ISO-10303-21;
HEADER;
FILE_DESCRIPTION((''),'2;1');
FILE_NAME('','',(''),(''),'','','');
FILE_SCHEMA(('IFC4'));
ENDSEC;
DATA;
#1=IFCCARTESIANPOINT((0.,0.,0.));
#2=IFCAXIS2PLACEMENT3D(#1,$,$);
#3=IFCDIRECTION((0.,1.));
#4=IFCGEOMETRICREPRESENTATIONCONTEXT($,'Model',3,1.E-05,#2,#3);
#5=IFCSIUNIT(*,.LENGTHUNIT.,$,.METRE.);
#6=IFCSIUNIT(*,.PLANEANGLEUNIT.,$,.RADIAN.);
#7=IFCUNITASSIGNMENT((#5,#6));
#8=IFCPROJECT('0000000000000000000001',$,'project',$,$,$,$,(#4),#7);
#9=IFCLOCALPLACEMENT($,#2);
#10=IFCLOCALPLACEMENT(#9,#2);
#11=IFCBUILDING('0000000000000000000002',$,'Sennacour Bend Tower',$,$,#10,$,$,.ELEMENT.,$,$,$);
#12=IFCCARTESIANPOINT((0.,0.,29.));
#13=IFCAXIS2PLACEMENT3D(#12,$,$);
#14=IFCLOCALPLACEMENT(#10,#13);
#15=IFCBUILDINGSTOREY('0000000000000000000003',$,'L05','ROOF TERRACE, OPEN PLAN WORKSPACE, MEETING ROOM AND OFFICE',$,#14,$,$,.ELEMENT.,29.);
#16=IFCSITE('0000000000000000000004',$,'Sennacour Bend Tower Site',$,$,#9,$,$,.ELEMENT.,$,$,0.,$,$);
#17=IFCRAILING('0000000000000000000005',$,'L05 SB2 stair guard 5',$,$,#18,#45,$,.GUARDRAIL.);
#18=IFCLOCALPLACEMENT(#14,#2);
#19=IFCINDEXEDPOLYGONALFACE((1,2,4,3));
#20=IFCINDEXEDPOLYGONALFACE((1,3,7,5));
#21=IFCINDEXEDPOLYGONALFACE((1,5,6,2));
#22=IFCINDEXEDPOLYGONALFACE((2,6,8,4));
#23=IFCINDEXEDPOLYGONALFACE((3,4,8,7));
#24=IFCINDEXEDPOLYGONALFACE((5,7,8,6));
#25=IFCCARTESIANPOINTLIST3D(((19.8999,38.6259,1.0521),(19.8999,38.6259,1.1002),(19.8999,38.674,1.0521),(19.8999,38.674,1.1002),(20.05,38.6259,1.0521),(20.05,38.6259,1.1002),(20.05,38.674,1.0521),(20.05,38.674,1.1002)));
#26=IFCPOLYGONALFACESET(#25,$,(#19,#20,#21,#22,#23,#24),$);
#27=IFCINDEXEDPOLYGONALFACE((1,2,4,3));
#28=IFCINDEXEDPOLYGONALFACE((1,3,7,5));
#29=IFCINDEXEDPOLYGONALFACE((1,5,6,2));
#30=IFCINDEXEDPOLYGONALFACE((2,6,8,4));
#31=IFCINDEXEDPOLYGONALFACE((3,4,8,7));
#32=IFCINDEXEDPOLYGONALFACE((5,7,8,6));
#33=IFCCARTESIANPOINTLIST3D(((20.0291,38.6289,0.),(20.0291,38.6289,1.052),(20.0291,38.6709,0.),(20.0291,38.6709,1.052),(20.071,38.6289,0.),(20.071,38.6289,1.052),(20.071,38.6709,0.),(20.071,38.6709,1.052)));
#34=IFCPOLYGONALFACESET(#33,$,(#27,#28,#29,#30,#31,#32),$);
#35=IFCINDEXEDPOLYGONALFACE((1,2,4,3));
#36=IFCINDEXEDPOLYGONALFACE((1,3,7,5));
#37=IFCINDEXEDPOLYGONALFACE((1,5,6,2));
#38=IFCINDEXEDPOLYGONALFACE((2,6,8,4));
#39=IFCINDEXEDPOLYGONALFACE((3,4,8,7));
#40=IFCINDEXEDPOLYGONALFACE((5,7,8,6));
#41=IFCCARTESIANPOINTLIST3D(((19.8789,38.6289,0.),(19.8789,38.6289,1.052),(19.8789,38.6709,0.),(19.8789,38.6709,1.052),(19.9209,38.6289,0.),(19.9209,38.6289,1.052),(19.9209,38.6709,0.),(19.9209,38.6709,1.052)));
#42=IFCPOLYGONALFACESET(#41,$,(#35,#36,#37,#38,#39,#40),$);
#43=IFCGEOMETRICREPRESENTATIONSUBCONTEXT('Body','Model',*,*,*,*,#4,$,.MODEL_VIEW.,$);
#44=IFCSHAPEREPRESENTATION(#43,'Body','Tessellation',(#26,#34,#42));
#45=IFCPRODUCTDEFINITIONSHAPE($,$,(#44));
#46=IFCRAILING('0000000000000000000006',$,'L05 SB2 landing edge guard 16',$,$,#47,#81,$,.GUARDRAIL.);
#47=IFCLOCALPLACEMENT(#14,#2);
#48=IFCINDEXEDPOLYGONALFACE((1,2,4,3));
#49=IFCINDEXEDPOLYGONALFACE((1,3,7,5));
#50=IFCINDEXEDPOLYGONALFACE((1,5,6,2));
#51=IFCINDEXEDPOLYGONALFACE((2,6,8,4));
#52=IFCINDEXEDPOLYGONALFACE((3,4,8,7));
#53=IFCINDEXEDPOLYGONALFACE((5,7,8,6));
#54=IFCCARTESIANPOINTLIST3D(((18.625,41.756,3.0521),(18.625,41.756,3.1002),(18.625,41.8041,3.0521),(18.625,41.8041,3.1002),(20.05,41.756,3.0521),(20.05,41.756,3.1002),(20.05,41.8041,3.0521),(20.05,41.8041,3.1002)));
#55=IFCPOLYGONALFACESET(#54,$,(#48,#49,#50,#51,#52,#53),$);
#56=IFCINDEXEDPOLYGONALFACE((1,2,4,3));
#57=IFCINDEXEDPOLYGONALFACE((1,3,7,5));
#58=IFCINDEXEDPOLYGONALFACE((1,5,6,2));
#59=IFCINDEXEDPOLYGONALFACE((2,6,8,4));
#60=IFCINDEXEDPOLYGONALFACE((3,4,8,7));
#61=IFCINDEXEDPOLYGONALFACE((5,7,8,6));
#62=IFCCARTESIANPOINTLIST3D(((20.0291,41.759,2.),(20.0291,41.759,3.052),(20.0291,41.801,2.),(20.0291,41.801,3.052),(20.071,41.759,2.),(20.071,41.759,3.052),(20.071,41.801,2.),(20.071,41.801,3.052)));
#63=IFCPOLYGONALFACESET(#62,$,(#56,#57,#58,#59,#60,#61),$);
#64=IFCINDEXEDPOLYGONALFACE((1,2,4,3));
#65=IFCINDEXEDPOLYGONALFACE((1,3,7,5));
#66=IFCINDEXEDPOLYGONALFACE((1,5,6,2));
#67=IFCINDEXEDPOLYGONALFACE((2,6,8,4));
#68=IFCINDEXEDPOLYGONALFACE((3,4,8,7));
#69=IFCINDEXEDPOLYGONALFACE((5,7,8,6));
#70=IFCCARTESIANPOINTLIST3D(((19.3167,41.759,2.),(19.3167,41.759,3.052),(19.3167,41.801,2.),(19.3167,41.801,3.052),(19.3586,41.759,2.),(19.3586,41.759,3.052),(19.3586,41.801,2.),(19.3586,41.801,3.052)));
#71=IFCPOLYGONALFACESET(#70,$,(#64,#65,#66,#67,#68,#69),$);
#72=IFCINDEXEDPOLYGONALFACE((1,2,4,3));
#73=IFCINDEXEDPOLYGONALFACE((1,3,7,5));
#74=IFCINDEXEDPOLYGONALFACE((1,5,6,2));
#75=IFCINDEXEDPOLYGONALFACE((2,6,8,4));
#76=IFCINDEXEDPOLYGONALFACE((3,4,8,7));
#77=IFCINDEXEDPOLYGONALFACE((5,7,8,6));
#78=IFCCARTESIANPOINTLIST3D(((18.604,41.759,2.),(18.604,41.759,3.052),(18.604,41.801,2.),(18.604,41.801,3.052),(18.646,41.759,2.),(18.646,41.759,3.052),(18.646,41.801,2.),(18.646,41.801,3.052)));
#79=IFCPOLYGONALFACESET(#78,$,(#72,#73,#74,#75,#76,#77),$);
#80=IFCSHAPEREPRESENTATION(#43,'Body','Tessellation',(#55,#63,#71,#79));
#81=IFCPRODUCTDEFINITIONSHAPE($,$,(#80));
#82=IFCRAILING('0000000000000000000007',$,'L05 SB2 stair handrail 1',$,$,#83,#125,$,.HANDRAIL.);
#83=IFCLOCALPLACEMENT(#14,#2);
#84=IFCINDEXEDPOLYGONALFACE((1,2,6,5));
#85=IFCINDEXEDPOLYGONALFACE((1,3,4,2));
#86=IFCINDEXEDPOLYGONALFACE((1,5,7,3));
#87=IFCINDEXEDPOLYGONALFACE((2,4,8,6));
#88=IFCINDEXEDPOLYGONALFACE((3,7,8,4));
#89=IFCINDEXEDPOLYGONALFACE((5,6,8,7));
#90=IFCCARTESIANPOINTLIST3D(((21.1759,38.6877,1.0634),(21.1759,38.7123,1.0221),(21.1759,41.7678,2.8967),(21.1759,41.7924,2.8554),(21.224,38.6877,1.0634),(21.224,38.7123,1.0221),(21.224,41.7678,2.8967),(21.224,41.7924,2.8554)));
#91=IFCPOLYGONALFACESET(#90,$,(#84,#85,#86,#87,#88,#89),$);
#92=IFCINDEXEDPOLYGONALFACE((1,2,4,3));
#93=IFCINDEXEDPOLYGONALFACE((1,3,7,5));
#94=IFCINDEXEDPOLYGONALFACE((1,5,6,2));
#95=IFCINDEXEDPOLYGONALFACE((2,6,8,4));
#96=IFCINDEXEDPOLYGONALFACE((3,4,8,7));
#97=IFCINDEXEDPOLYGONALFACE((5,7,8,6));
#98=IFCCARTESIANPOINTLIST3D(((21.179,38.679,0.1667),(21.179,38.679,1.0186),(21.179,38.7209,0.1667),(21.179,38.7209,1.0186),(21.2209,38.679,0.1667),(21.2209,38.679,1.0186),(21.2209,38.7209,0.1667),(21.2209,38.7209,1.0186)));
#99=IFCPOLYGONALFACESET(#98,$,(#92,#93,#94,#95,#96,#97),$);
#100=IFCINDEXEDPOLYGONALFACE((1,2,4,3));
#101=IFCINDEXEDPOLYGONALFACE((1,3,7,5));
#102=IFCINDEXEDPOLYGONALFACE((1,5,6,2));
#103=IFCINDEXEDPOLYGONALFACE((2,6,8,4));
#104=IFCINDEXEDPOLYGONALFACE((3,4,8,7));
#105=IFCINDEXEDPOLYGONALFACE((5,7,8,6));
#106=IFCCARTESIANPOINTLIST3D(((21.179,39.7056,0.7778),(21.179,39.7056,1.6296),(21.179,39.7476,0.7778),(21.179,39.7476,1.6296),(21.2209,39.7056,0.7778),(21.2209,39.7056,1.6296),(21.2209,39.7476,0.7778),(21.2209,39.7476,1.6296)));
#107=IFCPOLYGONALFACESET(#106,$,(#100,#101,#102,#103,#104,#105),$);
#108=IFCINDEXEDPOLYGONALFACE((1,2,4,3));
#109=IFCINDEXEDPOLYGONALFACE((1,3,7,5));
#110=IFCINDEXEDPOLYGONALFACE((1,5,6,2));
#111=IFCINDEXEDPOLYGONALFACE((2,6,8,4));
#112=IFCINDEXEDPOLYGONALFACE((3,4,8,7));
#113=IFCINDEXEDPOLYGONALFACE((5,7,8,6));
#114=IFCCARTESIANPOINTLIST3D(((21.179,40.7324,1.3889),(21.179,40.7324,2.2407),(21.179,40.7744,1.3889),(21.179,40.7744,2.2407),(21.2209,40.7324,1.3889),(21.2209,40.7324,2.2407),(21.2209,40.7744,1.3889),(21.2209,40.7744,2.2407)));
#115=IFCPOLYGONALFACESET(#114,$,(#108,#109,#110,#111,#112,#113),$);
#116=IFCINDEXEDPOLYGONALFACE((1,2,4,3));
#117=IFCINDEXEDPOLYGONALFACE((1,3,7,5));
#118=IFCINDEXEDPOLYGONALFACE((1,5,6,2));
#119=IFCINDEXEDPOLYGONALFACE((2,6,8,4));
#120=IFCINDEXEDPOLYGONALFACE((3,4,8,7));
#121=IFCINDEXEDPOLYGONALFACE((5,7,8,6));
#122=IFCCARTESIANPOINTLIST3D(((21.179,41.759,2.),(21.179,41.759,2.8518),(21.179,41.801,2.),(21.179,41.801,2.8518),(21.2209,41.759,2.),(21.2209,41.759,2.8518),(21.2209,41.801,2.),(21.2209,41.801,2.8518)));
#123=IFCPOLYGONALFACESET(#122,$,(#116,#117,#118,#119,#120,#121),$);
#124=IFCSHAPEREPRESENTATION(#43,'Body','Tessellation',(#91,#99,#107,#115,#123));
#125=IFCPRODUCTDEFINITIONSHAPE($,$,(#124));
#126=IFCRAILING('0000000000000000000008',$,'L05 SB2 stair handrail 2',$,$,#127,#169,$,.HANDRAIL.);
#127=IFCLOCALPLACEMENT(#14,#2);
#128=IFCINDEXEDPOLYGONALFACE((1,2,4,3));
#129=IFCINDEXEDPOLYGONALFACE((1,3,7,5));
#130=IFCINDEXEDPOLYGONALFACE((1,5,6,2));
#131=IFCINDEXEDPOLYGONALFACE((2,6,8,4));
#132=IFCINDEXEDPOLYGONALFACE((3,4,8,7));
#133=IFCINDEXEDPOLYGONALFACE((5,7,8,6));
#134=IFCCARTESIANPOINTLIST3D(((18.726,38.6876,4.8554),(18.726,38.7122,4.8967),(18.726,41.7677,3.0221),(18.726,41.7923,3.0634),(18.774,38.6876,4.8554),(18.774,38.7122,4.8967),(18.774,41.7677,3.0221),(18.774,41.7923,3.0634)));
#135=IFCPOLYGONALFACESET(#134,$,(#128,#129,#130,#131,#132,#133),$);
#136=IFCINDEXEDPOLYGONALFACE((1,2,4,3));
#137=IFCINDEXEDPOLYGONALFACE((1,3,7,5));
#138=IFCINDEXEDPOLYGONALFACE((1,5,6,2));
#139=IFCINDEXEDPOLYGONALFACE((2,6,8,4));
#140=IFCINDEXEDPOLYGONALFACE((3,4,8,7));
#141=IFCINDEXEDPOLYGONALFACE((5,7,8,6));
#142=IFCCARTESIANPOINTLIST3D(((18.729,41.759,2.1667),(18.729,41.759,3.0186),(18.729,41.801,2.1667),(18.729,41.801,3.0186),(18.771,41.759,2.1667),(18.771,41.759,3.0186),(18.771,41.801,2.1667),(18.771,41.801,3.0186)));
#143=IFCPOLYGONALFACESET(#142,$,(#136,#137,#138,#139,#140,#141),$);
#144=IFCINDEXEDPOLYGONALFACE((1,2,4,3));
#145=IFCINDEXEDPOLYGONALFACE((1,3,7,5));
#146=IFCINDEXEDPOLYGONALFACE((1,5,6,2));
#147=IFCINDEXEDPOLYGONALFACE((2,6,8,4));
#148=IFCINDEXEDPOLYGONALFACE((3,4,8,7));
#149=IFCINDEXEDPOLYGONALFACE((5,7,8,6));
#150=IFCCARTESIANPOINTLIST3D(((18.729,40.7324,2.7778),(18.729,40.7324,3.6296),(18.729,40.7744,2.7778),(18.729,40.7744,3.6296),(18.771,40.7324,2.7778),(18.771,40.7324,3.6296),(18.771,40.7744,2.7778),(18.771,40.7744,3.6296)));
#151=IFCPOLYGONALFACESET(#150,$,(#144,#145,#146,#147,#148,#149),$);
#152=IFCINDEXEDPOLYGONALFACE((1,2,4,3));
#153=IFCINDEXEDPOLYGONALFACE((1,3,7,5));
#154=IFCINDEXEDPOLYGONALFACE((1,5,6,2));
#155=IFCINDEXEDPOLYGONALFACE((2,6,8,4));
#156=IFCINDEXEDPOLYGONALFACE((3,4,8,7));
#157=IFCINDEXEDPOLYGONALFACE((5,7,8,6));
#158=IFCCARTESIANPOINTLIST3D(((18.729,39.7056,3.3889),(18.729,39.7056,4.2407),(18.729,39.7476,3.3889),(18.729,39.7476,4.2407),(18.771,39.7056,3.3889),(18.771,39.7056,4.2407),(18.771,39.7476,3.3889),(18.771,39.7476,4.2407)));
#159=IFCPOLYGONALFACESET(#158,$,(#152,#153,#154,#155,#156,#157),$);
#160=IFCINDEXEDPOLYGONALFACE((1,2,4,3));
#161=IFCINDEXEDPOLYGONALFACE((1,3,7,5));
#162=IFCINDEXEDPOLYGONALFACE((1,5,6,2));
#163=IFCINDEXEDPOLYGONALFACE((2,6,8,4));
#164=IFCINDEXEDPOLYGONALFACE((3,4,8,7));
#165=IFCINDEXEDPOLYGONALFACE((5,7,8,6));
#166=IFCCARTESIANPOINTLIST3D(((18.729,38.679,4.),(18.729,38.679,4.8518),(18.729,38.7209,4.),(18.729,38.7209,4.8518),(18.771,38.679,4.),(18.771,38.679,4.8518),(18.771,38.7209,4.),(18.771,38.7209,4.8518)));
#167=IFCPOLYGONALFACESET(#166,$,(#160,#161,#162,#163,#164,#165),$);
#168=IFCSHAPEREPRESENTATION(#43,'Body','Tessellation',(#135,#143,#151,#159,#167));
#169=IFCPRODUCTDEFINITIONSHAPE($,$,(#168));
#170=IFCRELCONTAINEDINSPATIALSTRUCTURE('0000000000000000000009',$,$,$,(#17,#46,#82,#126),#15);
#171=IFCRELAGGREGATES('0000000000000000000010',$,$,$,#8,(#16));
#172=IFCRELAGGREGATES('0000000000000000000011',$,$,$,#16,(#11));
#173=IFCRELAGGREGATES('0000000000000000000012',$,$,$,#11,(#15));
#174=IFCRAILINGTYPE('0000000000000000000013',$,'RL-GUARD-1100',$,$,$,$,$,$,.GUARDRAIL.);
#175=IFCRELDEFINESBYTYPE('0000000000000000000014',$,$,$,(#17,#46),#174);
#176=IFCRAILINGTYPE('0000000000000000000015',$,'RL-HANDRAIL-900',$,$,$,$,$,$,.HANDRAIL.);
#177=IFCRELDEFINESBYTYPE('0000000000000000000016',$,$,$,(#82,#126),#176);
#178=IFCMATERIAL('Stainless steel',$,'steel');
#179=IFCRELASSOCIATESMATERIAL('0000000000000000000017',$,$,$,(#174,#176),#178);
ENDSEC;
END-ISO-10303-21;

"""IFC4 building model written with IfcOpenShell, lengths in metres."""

from ifc_helpers import new_model, si_unit, direction, frame, origin, origin_2d, place, context, subcontext, project, spatial, rectangle, extrude, material, type_object, element, save


model = new_model("IFC4")

# Units and contexts
model_context = context("Model", 3, precision=1e-05, world=origin(), true_north=direction((0.0, 1.0)))
body_context = subcontext(model_context, "Body", "Model", "MODEL_VIEW")
ifc_project = project(units=[si_unit("LENGTHUNIT", "METRE"), si_unit("PLANEANGLEUNIT", "RADIAN")], contexts=[model_context])

# Site, building, storey
site_placement = place(None, origin())
site = spatial("IfcSite", under=ifc_project, at=site_placement, Name="Sennacour Bend Tower Site", CompositionType="ELEMENT", RefElevation=0.0)
building_placement = place(site_placement, origin())
building = spatial("IfcBuilding", under=site, at=building_placement, Name="Sennacour Bend Tower", CompositionType="ELEMENT")
storey_placement = place(building_placement, frame((0.0, 0.0, 29.0)))
storey = spatial("IfcBuildingStorey", under=building, at=storey_placement, Name="L05", Description="ROOF TERRACE, OPEN PLAN WORKSPACE, MEETING ROOM AND OFFICE", CompositionType="ELEMENT", Elevation=29.0)

# Shared definitions
ifc_material_1 = material(Name="Stainless steel", Category="steel")

# Railings
railing_type_1 = type_object("IfcRailingType", Name="RL-GUARD-1100", PredefinedType="GUARDRAIL", material=ifc_material_1)
railing_1_placement = place(storey_placement, frame((20.05, 38.6499, 0.0)))
element("IfcRailing", 1, at=railing_1_placement, inside=storey, type_object=railing_type_1, Name="L05 SB2 stair guard 5", PredefinedType="GUARDRAIL", context=body_context, shape_type="SweptSolid", body=[
    extrude(rectangle(XDim=0.0481, YDim=0.0481, at=origin_2d()), frame((0.0, 0.0, 1.0762), z_axis=(-1.0, 0.0, 0.0), x_axis=(0.0, -1.0, 0.0)), (0.0, 0.0, 1.0), 0.1501),
    extrude(rectangle(XDim=0.042, YDim=0.042, at=origin_2d()), origin(), (0.0, 0.0, 1.0), 1.052),
    extrude(rectangle(XDim=0.042, YDim=0.042, at=origin_2d()), frame((-0.1501, 0.0, 0.0)), (0.0, 0.0, 1.0), 1.052),
])
railing_2_placement = place(storey_placement, frame((20.05, 41.78, 2.0)))
element("IfcRailing", 2, at=railing_2_placement, inside=storey, type_object=railing_type_1, Name="L05 SB2 landing edge guard 16", PredefinedType="GUARDRAIL", context=body_context, shape_type="SweptSolid", body=[
    extrude(rectangle(XDim=0.0481, YDim=0.0481, at=origin_2d()), frame((0.0, 0.0, 1.0762), z_axis=(-1.0, 0.0, 0.0), x_axis=(0.0, -1.0, 0.0)), (0.0, 0.0, 1.0), 1.425),
    extrude(rectangle(XDim=0.042, YDim=0.042, at=origin_2d()), origin(), (0.0, 0.0, 1.0), 1.052),
    extrude(rectangle(XDim=0.042, YDim=0.042, at=origin_2d()), frame((-0.7124, 0.0, 0.0)), (0.0, 0.0, 1.0), 1.052),
    extrude(rectangle(XDim=0.042, YDim=0.042, at=origin_2d()), frame((-1.425, 0.0, 0.0)), (0.0, 0.0, 1.0), 1.052),
])
railing_type_2 = type_object("IfcRailingType", Name="RL-HANDRAIL-900", PredefinedType="HANDRAIL", material=ifc_material_1)
railing_3_placement = place(storey_placement, frame((21.2, 38.7, 0.1667)))
element("IfcRailing", 3, at=railing_3_placement, inside=storey, type_object=railing_type_2, Name="L05 SB2 stair handrail 1", PredefinedType="HANDRAIL", context=body_context, shape_type="SweptSolid", body=[
    extrude(rectangle(XDim=0.0481, YDim=0.0481, at=origin_2d()), frame((0.0, 0.0, 0.876), z_axis=(0.0, 0.859309, 0.511458), x_axis=(-1.0, 0.0, 0.0)), (0.0, 0.0, 1.0), 3.5845),
    extrude(rectangle(XDim=0.042, YDim=0.042, at=origin_2d()), origin(), (0.0, 0.0, 1.0), 0.8518),
    extrude(rectangle(XDim=0.042, YDim=0.042, at=origin_2d()), frame((0.0, 1.0266, 0.6111)), (0.0, 0.0, 1.0), 0.8518),
    extrude(rectangle(XDim=0.042, YDim=0.042, at=origin_2d()), frame((0.0, 2.0535, 1.2222)), (0.0, 0.0, 1.0), 0.8518),
    extrude(rectangle(XDim=0.042, YDim=0.042, at=origin_2d()), frame((0.0, 3.0801, 1.8333)), (0.0, 0.0, 1.0), 0.8518),
])
railing_4_placement = place(storey_placement, frame((18.75, 41.78, 2.1667)))
element("IfcRailing", 4, at=railing_4_placement, inside=storey, type_object=railing_type_2, Name="L05 SB2 stair handrail 2", PredefinedType="HANDRAIL", context=body_context, shape_type="SweptSolid", body=[
    extrude(rectangle(XDim=0.0481, YDim=0.0481, at=origin_2d()), frame((0.0, 0.0, 0.876), z_axis=(0.0, -0.859309, 0.511458), x_axis=(1.0, 0.0, 0.0)), (0.0, 0.0, 1.0), 3.5845),
    extrude(rectangle(XDim=0.042, YDim=0.042, at=origin_2d()), origin(), (0.0, 0.0, 1.0), 0.8518),
    extrude(rectangle(XDim=0.042, YDim=0.042, at=origin_2d()), frame((0.0, -1.0266, 0.6111)), (0.0, 0.0, 1.0), 0.8518),
    extrude(rectangle(XDim=0.042, YDim=0.042, at=origin_2d()), frame((0.0, -2.0535, 1.2222)), (0.0, 0.0, 1.0), 0.8518),
    extrude(rectangle(XDim=0.042, YDim=0.042, at=origin_2d()), frame((0.0, -3.0801, 1.8333)), (0.0, 0.0, 1.0), 0.8518),
])

save(model, "model.ifc")
